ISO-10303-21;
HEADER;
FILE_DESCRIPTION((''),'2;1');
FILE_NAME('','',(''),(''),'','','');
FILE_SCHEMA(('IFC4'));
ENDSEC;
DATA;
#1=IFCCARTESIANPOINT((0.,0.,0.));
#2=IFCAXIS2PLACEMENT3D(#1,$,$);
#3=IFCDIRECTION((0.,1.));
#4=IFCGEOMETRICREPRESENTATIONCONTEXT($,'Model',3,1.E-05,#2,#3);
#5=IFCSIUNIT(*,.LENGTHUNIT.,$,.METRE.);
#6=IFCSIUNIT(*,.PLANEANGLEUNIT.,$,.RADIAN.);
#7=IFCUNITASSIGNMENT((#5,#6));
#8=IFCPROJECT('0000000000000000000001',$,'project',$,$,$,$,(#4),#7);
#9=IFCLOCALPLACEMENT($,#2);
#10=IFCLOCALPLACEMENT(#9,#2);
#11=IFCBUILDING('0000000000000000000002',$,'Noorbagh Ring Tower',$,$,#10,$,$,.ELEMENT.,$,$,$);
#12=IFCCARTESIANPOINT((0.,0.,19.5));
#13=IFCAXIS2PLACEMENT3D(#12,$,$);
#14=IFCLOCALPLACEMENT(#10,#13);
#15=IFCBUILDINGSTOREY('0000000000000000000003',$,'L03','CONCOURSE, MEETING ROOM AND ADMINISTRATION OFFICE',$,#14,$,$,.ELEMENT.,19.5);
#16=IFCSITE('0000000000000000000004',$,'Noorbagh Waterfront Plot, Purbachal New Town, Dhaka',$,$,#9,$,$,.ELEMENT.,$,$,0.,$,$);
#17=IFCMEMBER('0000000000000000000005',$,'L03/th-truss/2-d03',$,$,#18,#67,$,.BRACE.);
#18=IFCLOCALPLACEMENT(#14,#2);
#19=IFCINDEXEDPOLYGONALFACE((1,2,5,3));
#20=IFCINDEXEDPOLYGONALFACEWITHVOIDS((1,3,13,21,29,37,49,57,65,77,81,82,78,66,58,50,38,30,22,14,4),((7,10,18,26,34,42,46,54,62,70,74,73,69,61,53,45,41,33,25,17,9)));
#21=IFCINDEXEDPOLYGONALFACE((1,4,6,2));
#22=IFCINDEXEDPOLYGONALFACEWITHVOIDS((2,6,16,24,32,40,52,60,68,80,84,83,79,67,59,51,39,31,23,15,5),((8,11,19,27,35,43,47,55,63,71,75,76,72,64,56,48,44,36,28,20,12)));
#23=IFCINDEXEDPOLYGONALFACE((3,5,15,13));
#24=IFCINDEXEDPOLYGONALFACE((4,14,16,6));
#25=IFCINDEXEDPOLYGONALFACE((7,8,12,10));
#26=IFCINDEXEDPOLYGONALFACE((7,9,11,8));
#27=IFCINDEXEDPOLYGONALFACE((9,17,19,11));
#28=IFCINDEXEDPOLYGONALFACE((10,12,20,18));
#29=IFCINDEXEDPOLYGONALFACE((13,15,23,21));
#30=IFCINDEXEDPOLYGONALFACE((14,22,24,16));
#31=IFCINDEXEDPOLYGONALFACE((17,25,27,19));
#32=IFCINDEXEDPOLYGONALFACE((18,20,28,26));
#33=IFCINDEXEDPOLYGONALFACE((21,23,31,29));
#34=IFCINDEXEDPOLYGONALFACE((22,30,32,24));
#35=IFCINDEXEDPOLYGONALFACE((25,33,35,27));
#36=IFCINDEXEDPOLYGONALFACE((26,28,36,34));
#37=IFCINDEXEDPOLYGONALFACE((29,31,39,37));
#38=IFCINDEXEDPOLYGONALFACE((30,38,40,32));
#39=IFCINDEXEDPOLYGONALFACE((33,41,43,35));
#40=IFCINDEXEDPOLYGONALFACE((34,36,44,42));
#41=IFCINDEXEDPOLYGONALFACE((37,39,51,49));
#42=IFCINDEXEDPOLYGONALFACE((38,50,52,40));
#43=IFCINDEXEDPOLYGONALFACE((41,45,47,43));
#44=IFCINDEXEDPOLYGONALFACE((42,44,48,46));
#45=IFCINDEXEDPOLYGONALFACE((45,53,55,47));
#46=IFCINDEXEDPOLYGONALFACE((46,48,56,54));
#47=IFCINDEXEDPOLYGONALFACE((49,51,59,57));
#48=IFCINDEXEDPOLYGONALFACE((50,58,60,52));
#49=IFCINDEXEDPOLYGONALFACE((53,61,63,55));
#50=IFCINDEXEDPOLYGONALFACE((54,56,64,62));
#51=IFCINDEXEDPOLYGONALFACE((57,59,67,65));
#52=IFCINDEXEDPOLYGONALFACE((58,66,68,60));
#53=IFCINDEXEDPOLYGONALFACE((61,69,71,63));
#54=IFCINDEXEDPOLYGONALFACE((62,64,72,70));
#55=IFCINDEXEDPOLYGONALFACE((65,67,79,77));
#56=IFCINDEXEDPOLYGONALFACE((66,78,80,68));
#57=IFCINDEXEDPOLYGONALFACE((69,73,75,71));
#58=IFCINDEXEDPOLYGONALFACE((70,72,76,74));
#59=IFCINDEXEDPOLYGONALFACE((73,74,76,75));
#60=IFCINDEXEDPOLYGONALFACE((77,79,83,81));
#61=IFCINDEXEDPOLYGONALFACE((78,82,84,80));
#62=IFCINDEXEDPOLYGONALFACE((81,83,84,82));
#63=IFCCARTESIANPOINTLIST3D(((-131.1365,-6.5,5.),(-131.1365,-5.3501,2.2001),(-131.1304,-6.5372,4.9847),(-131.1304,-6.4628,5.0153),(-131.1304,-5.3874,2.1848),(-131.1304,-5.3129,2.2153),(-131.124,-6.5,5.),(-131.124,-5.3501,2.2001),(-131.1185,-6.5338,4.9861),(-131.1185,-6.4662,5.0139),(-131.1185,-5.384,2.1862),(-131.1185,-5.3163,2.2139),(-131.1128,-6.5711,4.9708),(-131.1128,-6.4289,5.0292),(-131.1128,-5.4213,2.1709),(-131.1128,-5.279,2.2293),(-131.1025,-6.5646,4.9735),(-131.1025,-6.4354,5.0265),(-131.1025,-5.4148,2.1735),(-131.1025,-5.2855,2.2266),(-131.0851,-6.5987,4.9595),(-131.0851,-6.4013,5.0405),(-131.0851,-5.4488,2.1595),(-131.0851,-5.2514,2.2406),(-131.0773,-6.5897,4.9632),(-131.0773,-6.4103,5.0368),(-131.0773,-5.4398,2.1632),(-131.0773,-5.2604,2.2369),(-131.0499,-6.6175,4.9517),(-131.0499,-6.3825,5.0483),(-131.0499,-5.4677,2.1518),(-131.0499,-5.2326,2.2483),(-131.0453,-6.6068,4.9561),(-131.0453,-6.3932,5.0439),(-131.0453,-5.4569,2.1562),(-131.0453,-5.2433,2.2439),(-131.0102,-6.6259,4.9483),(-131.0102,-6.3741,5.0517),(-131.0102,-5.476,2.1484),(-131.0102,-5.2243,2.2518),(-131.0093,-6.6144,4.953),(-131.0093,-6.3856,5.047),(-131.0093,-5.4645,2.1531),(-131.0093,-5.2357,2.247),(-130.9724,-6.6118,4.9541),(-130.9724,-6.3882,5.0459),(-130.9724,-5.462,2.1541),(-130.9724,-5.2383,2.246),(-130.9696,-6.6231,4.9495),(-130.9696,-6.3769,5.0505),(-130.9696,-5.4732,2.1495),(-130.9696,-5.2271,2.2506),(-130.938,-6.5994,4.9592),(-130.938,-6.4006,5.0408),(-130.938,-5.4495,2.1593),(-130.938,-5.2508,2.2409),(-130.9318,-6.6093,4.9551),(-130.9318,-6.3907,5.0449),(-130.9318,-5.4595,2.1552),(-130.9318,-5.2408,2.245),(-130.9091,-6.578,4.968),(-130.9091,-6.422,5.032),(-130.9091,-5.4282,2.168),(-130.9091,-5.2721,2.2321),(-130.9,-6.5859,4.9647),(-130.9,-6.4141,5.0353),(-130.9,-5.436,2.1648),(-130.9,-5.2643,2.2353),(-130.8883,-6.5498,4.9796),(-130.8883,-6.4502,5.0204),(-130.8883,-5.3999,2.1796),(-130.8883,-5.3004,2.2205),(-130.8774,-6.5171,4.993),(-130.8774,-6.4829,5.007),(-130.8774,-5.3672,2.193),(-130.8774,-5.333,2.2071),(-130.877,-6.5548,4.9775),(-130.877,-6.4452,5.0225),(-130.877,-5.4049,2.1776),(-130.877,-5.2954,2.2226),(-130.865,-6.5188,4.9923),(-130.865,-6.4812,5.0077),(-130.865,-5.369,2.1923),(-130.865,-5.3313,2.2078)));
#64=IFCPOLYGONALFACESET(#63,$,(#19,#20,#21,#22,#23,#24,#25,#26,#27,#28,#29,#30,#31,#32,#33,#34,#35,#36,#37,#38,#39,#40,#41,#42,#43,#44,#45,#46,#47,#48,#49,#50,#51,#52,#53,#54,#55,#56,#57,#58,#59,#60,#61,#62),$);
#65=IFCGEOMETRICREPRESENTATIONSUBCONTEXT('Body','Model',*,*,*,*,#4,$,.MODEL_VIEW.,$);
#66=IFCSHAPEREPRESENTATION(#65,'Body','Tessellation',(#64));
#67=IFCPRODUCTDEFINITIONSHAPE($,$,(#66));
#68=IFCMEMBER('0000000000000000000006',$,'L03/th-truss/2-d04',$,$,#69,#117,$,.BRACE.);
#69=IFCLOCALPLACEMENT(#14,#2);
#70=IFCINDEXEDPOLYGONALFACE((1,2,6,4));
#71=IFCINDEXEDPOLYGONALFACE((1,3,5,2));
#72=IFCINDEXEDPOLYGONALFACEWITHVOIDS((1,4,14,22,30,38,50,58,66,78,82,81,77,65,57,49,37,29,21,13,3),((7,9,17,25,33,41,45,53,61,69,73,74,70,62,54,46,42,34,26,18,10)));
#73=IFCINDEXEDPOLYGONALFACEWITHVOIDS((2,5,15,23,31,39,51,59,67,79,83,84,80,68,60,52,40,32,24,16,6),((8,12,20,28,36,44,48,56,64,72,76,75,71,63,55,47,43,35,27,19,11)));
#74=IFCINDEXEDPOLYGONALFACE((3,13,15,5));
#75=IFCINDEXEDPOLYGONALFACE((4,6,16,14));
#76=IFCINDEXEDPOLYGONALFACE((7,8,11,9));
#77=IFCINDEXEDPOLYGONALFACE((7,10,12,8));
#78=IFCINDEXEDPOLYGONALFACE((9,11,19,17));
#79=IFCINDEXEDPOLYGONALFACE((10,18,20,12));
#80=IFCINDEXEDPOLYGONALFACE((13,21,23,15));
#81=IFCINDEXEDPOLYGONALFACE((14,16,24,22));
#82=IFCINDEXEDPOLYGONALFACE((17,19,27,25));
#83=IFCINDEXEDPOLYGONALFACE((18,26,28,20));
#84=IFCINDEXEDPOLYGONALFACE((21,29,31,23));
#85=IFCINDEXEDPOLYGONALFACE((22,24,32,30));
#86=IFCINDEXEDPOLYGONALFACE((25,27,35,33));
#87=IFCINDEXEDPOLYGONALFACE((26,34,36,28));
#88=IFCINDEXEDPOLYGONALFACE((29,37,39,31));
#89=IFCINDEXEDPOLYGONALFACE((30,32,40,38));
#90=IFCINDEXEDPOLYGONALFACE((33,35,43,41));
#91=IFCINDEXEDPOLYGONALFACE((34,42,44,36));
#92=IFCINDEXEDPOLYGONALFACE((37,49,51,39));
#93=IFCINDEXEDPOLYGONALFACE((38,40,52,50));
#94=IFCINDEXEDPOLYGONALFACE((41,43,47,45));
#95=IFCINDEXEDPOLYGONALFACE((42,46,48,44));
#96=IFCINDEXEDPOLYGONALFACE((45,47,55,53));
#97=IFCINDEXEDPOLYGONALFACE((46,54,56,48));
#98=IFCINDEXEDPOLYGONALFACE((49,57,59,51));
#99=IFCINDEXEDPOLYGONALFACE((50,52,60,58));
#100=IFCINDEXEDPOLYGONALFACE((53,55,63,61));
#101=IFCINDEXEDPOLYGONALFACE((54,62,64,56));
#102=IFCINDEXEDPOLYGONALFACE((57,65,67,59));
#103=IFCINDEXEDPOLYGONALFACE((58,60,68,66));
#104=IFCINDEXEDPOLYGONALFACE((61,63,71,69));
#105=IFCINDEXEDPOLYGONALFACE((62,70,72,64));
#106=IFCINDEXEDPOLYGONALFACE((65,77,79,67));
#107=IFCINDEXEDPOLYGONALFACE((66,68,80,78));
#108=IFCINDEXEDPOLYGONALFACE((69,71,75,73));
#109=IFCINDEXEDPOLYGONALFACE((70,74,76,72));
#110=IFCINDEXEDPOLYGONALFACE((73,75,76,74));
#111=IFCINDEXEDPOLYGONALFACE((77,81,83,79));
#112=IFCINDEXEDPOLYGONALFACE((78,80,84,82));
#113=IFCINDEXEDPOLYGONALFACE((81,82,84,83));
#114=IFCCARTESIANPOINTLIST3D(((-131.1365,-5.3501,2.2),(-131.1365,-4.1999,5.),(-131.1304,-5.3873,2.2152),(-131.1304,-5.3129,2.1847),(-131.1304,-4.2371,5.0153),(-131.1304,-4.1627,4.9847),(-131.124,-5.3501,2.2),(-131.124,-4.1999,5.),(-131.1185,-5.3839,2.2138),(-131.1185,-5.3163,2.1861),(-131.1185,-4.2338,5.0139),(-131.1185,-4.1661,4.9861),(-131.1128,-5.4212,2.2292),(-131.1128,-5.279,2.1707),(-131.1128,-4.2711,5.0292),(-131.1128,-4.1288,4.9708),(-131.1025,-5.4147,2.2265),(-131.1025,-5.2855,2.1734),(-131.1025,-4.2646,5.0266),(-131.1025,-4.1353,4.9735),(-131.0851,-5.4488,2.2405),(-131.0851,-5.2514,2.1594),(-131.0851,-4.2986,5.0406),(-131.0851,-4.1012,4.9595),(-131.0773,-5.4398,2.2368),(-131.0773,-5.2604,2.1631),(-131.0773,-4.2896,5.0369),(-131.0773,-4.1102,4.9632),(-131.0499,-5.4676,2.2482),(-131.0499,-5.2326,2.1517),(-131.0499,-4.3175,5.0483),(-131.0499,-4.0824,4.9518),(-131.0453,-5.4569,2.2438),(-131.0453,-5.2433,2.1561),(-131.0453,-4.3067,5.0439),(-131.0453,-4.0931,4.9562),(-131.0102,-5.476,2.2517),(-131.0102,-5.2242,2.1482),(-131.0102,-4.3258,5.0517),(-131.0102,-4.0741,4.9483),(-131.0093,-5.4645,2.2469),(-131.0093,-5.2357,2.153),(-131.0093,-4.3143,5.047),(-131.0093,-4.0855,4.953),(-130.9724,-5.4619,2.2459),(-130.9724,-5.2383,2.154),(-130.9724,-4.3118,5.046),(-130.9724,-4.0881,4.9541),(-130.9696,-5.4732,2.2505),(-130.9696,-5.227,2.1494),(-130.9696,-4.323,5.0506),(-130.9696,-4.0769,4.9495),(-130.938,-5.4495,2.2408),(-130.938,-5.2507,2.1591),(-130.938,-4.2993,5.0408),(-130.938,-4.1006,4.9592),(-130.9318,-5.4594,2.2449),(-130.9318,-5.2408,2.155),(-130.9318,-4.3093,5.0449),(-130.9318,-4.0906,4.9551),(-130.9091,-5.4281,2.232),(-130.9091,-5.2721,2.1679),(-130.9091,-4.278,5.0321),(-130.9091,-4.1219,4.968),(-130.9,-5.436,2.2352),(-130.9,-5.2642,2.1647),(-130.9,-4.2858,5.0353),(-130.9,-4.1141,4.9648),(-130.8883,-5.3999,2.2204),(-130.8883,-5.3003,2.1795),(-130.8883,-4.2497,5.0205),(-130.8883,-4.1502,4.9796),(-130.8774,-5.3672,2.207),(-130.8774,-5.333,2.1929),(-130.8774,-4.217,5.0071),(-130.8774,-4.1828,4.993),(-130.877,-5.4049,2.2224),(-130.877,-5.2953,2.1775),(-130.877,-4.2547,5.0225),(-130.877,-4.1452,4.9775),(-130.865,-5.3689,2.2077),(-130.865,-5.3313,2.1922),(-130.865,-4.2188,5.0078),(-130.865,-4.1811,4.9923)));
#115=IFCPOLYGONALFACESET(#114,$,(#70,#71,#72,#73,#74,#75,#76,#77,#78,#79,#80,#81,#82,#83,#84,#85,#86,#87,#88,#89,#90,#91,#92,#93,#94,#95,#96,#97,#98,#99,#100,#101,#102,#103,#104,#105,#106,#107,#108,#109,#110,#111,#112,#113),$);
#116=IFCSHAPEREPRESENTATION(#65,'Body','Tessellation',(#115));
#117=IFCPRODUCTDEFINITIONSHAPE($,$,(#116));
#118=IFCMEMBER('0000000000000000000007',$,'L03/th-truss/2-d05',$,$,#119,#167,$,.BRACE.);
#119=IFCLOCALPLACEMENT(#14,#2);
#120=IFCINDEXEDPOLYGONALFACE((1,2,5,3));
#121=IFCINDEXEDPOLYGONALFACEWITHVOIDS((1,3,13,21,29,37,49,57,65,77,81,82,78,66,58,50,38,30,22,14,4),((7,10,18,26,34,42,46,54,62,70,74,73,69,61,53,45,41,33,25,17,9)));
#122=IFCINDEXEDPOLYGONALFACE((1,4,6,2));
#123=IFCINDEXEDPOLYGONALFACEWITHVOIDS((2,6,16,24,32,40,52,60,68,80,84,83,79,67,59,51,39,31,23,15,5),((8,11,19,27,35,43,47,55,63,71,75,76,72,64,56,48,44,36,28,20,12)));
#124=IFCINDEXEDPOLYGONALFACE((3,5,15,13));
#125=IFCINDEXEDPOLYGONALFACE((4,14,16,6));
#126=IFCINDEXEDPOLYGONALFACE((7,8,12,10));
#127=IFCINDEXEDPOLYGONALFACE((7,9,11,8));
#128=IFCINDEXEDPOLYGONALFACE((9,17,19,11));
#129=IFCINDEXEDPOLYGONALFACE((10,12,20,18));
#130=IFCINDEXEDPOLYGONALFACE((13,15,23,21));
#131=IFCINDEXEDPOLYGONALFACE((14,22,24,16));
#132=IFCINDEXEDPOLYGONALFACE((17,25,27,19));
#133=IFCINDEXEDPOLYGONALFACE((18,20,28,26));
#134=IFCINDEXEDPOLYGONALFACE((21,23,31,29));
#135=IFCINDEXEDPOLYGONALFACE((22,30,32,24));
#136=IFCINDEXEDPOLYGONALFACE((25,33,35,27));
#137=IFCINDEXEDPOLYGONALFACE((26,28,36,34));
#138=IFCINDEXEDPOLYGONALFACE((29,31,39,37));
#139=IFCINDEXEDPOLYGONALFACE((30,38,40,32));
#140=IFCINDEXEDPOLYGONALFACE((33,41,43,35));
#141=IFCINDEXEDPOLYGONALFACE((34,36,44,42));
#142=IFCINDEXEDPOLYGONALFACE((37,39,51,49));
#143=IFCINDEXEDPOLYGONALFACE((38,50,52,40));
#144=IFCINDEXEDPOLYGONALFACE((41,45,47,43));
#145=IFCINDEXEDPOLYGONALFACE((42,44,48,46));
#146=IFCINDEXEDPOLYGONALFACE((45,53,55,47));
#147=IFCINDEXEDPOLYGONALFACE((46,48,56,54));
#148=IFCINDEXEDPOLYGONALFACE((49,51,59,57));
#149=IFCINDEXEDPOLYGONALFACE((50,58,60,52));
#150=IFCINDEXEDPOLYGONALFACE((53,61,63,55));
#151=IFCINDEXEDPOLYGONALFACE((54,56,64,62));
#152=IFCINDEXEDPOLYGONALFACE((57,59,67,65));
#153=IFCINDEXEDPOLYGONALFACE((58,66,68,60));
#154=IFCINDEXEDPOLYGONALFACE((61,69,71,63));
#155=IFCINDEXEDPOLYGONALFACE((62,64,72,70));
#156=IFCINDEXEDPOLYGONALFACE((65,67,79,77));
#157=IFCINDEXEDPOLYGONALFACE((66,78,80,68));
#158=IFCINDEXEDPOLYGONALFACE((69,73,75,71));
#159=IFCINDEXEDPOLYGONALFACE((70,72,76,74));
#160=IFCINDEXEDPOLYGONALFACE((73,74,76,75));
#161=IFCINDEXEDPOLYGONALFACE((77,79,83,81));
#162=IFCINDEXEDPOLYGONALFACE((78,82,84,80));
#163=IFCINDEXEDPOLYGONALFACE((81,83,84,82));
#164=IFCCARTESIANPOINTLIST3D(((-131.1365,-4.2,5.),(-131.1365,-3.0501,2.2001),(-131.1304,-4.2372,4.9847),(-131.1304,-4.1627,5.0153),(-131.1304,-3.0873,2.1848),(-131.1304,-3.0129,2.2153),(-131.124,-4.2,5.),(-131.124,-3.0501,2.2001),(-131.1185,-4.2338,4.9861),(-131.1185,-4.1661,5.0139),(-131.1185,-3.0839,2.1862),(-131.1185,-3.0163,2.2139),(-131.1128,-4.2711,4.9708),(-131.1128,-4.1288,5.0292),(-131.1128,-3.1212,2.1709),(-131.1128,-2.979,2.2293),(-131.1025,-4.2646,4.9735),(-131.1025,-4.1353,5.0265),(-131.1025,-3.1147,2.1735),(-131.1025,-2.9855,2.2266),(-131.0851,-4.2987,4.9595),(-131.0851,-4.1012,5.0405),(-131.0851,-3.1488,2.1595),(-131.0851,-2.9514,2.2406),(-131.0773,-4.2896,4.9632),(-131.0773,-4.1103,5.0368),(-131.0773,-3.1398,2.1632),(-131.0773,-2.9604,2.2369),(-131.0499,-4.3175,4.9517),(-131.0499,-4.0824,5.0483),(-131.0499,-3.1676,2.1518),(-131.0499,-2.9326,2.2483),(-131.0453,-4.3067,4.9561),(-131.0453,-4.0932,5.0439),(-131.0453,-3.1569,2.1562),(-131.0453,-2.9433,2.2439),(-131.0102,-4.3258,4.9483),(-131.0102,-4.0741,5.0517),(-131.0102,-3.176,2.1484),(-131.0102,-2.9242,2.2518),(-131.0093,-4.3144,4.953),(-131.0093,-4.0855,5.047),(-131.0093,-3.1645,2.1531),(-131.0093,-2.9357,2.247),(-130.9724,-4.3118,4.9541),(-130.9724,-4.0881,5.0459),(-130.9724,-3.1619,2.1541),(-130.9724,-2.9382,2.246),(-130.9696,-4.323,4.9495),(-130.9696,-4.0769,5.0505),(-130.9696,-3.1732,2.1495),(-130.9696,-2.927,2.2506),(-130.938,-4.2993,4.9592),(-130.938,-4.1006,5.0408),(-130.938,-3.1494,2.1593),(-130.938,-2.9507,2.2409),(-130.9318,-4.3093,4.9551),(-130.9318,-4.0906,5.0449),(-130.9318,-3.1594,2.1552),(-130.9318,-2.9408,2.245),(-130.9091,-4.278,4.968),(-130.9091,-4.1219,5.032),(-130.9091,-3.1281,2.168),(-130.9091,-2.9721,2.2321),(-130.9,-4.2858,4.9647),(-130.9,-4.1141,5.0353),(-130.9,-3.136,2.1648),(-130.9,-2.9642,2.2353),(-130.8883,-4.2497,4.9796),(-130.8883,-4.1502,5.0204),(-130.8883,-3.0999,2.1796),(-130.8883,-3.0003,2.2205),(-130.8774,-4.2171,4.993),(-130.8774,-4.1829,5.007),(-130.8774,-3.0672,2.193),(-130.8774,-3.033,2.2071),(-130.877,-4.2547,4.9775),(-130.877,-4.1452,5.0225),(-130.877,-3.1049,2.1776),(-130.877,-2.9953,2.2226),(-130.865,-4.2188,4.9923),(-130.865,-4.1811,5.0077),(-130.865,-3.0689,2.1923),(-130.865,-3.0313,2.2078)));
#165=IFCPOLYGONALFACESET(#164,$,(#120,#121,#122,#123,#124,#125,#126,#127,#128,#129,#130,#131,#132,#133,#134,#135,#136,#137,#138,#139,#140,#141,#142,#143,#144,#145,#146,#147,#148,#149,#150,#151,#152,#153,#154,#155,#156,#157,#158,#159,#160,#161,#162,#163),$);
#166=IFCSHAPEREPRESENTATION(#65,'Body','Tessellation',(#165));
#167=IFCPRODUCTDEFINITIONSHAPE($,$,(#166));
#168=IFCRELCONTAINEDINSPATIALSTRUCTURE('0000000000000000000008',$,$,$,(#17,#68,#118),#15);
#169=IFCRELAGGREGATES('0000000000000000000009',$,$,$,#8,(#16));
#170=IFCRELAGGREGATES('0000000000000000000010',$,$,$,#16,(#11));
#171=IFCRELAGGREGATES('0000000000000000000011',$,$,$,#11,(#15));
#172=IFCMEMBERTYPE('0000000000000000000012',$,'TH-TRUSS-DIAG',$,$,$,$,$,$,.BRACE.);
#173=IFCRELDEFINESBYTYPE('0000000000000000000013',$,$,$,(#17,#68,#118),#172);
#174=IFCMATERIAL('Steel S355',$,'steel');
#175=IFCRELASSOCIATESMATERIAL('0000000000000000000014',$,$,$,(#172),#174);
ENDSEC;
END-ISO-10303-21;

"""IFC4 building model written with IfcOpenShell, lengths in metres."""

from ifc_helpers import new_model, si_unit, direction, frame, origin, origin_2d, place, context, subcontext, project, spatial, hollow_circle, extrude, material, material_profile, profile_set, type_object, element, save


model = new_model("IFC4")

# Units and contexts
model_context = context("Model", 3, precision=1e-05, world=origin(), true_north=direction((0.0, 1.0)))
body_context = subcontext(model_context, "Body", "Model", "MODEL_VIEW")
ifc_project = project(units=[si_unit("LENGTHUNIT", "METRE"), si_unit("PLANEANGLEUNIT", "RADIAN")], contexts=[model_context])

# Site, building, storey
site_placement = place(None, origin())
site = spatial("IfcSite", under=ifc_project, at=site_placement, Name="Noorbagh Waterfront Plot, Purbachal New Town, Dhaka", CompositionType="ELEMENT", RefElevation=0.0)
building_placement = place(site_placement, origin())
building = spatial("IfcBuilding", under=site, at=building_placement, Name="Noorbagh Ring Tower", CompositionType="ELEMENT")
storey_placement = place(building_placement, frame((0.0, 0.0, 19.5)))
storey = spatial("IfcBuildingStorey", under=building, at=storey_placement, Name="L03", Description="CONCOURSE, MEETING ROOM AND ADMINISTRATION OFFICE", CompositionType="ELEMENT", Elevation=19.5)

# Members
ifc_material_1 = material(Name="Steel S355", Category="steel")
ifc_material_profile_1 = material_profile(ifc_material_1, hollow_circle(Radius=0.1365, WallThickness=0.0125, at=origin_2d()), Name="CHS273x12.5")
ifc_profile_set_1 = profile_set([ifc_material_profile_1], Name="Steel S355")
member_type = type_object("IfcMemberType", Name="TH-TRUSS-DIAG", PredefinedType="BRACE", material=ifc_profile_set_1)
for number, where, z_axis, x_axis, name in (
    (1, (-131.0, -6.5, 5.0), (0.0, 0.379886, -0.925033), (-1.0, 0.0, 0.0), "L03/th-truss/2-d03"),
):
    element("IfcMember", number, at=place(storey_placement, frame(where, z_axis=z_axis, x_axis=x_axis)), inside=storey, type_object=member_type, Name=name, PredefinedType="BRACE", context=body_context, shape_type="SweptSolid", body=[
        extrude(hollow_circle(Radius=0.1365, WallThickness=0.0125, at=origin_2d()), origin(), (0.0, 0.0, 1.0), 3.0269),
    ])
member_1_placement = place(storey_placement, frame((-131.0, -5.3501, 2.2), z_axis=(0.0, 0.379955, 0.925005), x_axis=(-1.0, 0.0, 0.0)))
element("IfcMember", 2, at=member_1_placement, inside=storey, type_object=member_type, Name="L03/th-truss/2-d04", PredefinedType="BRACE", context=body_context, shape_type="SweptSolid", body=[
    extrude(hollow_circle(Radius=0.1365, WallThickness=0.0125, at=origin_2d()), origin(), (0.0, 0.0, 1.0), 3.0271),
])
member_2_placement = place(storey_placement, frame((-131.0, -4.2, 5.0), z_axis=(0.0, 0.379886, -0.925033), x_axis=(-1.0, 0.0, 0.0)))
element("IfcMember", 3, at=member_2_placement, inside=storey, type_object=member_type, Name="L03/th-truss/2-d05", PredefinedType="BRACE", context=body_context, shape_type="SweptSolid", body=[
    extrude(hollow_circle(Radius=0.1365, WallThickness=0.0125, at=origin_2d()), origin(), (0.0, 0.0, 1.0), 3.0269),
])

save(model, "model.ifc")
